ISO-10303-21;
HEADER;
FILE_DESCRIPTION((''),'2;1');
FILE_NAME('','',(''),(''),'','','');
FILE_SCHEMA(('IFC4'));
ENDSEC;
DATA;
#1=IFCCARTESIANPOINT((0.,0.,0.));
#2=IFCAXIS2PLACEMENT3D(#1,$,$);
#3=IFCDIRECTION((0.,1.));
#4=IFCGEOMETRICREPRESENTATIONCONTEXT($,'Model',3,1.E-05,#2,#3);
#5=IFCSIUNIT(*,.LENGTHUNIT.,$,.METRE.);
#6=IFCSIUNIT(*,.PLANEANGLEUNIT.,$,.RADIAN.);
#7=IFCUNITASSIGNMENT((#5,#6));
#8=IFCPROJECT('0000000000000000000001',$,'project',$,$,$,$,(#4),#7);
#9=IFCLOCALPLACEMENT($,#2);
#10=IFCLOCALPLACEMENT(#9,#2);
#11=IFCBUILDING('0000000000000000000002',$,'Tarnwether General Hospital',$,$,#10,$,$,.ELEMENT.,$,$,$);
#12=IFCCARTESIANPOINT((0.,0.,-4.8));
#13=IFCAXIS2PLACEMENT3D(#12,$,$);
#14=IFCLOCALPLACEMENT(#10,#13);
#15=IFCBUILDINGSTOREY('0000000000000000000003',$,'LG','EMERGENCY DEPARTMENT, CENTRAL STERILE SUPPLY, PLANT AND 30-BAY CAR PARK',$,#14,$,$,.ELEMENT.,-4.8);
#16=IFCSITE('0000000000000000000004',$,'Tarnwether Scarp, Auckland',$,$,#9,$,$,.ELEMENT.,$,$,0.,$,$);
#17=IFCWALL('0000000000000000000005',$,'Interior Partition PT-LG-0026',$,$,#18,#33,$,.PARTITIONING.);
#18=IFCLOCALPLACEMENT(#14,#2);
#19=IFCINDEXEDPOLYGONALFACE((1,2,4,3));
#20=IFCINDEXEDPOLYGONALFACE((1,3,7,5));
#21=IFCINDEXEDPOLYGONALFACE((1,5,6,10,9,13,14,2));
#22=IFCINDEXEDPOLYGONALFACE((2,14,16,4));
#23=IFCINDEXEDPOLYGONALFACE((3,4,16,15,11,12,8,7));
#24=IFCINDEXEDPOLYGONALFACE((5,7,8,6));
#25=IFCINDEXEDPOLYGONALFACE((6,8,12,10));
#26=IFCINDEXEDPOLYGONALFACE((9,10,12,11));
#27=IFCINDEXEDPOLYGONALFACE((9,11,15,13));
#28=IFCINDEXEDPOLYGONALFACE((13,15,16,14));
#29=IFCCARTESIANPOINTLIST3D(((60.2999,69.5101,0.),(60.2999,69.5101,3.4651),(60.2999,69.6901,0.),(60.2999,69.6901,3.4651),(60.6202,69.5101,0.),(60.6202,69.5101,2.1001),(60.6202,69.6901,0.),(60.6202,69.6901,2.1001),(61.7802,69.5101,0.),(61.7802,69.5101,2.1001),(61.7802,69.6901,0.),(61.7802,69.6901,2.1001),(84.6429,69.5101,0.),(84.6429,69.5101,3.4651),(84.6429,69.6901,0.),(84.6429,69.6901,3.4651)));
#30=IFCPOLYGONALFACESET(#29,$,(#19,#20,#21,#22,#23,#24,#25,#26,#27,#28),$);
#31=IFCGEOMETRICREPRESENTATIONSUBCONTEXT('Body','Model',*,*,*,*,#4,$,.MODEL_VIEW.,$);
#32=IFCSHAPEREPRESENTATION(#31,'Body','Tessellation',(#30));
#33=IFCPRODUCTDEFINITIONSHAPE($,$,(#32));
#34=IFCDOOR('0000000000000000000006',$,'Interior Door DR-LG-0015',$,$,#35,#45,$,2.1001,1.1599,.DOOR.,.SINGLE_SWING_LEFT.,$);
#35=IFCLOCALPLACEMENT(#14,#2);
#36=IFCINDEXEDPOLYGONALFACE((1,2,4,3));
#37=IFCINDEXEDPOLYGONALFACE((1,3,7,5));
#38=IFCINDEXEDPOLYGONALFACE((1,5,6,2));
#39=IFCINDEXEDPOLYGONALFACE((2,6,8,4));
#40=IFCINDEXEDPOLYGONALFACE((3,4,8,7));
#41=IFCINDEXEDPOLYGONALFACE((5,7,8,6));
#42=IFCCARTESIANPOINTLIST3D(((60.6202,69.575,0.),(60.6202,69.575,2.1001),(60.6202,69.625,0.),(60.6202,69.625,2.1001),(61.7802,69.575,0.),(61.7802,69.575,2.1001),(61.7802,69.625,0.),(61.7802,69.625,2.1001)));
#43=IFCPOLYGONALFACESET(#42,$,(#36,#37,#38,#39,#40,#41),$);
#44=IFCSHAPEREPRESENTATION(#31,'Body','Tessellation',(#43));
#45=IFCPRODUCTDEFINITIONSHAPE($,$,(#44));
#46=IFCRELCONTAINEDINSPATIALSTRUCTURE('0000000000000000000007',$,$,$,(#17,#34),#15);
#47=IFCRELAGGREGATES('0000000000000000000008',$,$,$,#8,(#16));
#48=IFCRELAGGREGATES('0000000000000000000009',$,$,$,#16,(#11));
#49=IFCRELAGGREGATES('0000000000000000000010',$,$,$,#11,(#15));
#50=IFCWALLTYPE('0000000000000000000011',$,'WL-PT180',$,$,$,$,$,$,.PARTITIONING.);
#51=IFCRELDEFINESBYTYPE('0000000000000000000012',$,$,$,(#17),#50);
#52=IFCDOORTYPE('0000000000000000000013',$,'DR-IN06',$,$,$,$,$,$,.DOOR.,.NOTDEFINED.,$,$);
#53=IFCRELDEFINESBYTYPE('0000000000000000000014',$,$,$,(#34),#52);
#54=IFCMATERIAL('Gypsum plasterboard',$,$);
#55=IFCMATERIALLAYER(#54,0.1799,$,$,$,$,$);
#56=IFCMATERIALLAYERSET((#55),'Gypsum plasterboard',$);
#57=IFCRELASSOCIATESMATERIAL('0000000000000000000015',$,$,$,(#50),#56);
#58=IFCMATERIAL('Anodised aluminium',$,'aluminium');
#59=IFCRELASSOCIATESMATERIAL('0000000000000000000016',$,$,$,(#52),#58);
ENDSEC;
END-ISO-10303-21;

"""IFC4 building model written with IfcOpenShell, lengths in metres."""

from ifc_helpers import new_model, si_unit, direction, frame, frame_2d, origin, place, context, subcontext, project, spatial, rectangle, extrude, material, layer, layer_set, type_object, element, fill, save


model = new_model("IFC4")

# Units and contexts
model_context = context("Model", 3, precision=1e-05, world=origin(), true_north=direction((0.0, 1.0)))
body_context = subcontext(model_context, "Body", "Model", "MODEL_VIEW")
ifc_project = project(units=[si_unit("LENGTHUNIT", "METRE"), si_unit("PLANEANGLEUNIT", "RADIAN")], contexts=[model_context])

# Site, building, storey
site_placement = place(None, origin())
site = spatial("IfcSite", under=ifc_project, at=site_placement, Name="Tarnwether Scarp, Auckland", CompositionType="ELEMENT", RefElevation=0.0)
building_placement = place(site_placement, origin())
building = spatial("IfcBuilding", under=site, at=building_placement, Name="Tarnwether General Hospital", CompositionType="ELEMENT")
storey_placement = place(building_placement, frame((0.0, 0.0, -4.8)))
storey = spatial("IfcBuildingStorey", under=building, at=storey_placement, Name="LG", Description="EMERGENCY DEPARTMENT, CENTRAL STERILE SUPPLY, PLANT AND 30-BAY CAR PARK", CompositionType="ELEMENT", Elevation=-4.8)

# Wall, opening, door
ifc_material_1 = material(Name="Gypsum plasterboard")
ifc_layer = layer(ifc_material_1, 0.1799)
ifc_layer_set = layer_set([ifc_layer], Name="Gypsum plasterboard")
wall_type = type_object("IfcWallType", Name="WL-PT180", PredefinedType="PARTITIONING", material=ifc_layer_set)
wall_1_placement = place(storey_placement, frame((60.3, 69.6001, 0.0), z_axis=(0.0, 0.0, 1.0), x_axis=(1.0, 0.0, 0.0)))
wall_1 = element("IfcWall", 1, at=wall_1_placement, inside=storey, type_object=wall_type, Name="Interior Partition PT-LG-0026", PredefinedType="PARTITIONING", context=body_context, shape_type="SweptSolid", body=[
    extrude(rectangle(XDim=24.343, YDim=0.1799, at=frame_2d((12.1714, 0.0))), origin(), (0.0, 0.0, 1.0), 3.4651),
])
opening_1_placement = place(wall_1_placement, frame((0.3201, 0.0, 0.0)))
opening_1 = element("IfcOpeningElement", 2, at=opening_1_placement, cuts=wall_1, PredefinedType="OPENING", context=body_context, shape_type="SweptSolid", body=[
    extrude(rectangle(XDim=1.1599, YDim=2.1001, at=frame_2d((0.5801, 1.05))), frame((0.0, 0.1001, 0.0), z_axis=(0.0, -1.0, 0.0), x_axis=(1.0, 0.0, 0.0)), (0.0, 0.0, 1.0), 0.2),
])
ifc_material_2 = material(Name="Anodised aluminium", Category="aluminium")
door_type_1 = type_object("IfcDoorType", Name="DR-IN06", OperationType="NOTDEFINED", PredefinedType="DOOR", material=ifc_material_2)
door_1_placement = place(opening_1_placement, origin())
door_1 = element("IfcDoor", 3, at=door_1_placement, inside=storey, type_object=door_type_1, Name="Interior Door DR-LG-0015", OperationType="SINGLE_SWING_LEFT", OverallHeight=2.1001, OverallWidth=1.1599, PredefinedType="DOOR", context=body_context, shape_type="SweptSolid", body=[
    extrude(rectangle(XDim=1.1599, YDim=2.1001, at=frame_2d((0.5801, 1.05))), frame((0.0, 0.0249, 0.0), z_axis=(0.0, -1.0, 0.0), x_axis=(1.0, 0.0, 0.0)), (0.0, 0.0, 1.0), 0.05),
])
fill(opening_1, door_1)

save(model, "model.ifc")
